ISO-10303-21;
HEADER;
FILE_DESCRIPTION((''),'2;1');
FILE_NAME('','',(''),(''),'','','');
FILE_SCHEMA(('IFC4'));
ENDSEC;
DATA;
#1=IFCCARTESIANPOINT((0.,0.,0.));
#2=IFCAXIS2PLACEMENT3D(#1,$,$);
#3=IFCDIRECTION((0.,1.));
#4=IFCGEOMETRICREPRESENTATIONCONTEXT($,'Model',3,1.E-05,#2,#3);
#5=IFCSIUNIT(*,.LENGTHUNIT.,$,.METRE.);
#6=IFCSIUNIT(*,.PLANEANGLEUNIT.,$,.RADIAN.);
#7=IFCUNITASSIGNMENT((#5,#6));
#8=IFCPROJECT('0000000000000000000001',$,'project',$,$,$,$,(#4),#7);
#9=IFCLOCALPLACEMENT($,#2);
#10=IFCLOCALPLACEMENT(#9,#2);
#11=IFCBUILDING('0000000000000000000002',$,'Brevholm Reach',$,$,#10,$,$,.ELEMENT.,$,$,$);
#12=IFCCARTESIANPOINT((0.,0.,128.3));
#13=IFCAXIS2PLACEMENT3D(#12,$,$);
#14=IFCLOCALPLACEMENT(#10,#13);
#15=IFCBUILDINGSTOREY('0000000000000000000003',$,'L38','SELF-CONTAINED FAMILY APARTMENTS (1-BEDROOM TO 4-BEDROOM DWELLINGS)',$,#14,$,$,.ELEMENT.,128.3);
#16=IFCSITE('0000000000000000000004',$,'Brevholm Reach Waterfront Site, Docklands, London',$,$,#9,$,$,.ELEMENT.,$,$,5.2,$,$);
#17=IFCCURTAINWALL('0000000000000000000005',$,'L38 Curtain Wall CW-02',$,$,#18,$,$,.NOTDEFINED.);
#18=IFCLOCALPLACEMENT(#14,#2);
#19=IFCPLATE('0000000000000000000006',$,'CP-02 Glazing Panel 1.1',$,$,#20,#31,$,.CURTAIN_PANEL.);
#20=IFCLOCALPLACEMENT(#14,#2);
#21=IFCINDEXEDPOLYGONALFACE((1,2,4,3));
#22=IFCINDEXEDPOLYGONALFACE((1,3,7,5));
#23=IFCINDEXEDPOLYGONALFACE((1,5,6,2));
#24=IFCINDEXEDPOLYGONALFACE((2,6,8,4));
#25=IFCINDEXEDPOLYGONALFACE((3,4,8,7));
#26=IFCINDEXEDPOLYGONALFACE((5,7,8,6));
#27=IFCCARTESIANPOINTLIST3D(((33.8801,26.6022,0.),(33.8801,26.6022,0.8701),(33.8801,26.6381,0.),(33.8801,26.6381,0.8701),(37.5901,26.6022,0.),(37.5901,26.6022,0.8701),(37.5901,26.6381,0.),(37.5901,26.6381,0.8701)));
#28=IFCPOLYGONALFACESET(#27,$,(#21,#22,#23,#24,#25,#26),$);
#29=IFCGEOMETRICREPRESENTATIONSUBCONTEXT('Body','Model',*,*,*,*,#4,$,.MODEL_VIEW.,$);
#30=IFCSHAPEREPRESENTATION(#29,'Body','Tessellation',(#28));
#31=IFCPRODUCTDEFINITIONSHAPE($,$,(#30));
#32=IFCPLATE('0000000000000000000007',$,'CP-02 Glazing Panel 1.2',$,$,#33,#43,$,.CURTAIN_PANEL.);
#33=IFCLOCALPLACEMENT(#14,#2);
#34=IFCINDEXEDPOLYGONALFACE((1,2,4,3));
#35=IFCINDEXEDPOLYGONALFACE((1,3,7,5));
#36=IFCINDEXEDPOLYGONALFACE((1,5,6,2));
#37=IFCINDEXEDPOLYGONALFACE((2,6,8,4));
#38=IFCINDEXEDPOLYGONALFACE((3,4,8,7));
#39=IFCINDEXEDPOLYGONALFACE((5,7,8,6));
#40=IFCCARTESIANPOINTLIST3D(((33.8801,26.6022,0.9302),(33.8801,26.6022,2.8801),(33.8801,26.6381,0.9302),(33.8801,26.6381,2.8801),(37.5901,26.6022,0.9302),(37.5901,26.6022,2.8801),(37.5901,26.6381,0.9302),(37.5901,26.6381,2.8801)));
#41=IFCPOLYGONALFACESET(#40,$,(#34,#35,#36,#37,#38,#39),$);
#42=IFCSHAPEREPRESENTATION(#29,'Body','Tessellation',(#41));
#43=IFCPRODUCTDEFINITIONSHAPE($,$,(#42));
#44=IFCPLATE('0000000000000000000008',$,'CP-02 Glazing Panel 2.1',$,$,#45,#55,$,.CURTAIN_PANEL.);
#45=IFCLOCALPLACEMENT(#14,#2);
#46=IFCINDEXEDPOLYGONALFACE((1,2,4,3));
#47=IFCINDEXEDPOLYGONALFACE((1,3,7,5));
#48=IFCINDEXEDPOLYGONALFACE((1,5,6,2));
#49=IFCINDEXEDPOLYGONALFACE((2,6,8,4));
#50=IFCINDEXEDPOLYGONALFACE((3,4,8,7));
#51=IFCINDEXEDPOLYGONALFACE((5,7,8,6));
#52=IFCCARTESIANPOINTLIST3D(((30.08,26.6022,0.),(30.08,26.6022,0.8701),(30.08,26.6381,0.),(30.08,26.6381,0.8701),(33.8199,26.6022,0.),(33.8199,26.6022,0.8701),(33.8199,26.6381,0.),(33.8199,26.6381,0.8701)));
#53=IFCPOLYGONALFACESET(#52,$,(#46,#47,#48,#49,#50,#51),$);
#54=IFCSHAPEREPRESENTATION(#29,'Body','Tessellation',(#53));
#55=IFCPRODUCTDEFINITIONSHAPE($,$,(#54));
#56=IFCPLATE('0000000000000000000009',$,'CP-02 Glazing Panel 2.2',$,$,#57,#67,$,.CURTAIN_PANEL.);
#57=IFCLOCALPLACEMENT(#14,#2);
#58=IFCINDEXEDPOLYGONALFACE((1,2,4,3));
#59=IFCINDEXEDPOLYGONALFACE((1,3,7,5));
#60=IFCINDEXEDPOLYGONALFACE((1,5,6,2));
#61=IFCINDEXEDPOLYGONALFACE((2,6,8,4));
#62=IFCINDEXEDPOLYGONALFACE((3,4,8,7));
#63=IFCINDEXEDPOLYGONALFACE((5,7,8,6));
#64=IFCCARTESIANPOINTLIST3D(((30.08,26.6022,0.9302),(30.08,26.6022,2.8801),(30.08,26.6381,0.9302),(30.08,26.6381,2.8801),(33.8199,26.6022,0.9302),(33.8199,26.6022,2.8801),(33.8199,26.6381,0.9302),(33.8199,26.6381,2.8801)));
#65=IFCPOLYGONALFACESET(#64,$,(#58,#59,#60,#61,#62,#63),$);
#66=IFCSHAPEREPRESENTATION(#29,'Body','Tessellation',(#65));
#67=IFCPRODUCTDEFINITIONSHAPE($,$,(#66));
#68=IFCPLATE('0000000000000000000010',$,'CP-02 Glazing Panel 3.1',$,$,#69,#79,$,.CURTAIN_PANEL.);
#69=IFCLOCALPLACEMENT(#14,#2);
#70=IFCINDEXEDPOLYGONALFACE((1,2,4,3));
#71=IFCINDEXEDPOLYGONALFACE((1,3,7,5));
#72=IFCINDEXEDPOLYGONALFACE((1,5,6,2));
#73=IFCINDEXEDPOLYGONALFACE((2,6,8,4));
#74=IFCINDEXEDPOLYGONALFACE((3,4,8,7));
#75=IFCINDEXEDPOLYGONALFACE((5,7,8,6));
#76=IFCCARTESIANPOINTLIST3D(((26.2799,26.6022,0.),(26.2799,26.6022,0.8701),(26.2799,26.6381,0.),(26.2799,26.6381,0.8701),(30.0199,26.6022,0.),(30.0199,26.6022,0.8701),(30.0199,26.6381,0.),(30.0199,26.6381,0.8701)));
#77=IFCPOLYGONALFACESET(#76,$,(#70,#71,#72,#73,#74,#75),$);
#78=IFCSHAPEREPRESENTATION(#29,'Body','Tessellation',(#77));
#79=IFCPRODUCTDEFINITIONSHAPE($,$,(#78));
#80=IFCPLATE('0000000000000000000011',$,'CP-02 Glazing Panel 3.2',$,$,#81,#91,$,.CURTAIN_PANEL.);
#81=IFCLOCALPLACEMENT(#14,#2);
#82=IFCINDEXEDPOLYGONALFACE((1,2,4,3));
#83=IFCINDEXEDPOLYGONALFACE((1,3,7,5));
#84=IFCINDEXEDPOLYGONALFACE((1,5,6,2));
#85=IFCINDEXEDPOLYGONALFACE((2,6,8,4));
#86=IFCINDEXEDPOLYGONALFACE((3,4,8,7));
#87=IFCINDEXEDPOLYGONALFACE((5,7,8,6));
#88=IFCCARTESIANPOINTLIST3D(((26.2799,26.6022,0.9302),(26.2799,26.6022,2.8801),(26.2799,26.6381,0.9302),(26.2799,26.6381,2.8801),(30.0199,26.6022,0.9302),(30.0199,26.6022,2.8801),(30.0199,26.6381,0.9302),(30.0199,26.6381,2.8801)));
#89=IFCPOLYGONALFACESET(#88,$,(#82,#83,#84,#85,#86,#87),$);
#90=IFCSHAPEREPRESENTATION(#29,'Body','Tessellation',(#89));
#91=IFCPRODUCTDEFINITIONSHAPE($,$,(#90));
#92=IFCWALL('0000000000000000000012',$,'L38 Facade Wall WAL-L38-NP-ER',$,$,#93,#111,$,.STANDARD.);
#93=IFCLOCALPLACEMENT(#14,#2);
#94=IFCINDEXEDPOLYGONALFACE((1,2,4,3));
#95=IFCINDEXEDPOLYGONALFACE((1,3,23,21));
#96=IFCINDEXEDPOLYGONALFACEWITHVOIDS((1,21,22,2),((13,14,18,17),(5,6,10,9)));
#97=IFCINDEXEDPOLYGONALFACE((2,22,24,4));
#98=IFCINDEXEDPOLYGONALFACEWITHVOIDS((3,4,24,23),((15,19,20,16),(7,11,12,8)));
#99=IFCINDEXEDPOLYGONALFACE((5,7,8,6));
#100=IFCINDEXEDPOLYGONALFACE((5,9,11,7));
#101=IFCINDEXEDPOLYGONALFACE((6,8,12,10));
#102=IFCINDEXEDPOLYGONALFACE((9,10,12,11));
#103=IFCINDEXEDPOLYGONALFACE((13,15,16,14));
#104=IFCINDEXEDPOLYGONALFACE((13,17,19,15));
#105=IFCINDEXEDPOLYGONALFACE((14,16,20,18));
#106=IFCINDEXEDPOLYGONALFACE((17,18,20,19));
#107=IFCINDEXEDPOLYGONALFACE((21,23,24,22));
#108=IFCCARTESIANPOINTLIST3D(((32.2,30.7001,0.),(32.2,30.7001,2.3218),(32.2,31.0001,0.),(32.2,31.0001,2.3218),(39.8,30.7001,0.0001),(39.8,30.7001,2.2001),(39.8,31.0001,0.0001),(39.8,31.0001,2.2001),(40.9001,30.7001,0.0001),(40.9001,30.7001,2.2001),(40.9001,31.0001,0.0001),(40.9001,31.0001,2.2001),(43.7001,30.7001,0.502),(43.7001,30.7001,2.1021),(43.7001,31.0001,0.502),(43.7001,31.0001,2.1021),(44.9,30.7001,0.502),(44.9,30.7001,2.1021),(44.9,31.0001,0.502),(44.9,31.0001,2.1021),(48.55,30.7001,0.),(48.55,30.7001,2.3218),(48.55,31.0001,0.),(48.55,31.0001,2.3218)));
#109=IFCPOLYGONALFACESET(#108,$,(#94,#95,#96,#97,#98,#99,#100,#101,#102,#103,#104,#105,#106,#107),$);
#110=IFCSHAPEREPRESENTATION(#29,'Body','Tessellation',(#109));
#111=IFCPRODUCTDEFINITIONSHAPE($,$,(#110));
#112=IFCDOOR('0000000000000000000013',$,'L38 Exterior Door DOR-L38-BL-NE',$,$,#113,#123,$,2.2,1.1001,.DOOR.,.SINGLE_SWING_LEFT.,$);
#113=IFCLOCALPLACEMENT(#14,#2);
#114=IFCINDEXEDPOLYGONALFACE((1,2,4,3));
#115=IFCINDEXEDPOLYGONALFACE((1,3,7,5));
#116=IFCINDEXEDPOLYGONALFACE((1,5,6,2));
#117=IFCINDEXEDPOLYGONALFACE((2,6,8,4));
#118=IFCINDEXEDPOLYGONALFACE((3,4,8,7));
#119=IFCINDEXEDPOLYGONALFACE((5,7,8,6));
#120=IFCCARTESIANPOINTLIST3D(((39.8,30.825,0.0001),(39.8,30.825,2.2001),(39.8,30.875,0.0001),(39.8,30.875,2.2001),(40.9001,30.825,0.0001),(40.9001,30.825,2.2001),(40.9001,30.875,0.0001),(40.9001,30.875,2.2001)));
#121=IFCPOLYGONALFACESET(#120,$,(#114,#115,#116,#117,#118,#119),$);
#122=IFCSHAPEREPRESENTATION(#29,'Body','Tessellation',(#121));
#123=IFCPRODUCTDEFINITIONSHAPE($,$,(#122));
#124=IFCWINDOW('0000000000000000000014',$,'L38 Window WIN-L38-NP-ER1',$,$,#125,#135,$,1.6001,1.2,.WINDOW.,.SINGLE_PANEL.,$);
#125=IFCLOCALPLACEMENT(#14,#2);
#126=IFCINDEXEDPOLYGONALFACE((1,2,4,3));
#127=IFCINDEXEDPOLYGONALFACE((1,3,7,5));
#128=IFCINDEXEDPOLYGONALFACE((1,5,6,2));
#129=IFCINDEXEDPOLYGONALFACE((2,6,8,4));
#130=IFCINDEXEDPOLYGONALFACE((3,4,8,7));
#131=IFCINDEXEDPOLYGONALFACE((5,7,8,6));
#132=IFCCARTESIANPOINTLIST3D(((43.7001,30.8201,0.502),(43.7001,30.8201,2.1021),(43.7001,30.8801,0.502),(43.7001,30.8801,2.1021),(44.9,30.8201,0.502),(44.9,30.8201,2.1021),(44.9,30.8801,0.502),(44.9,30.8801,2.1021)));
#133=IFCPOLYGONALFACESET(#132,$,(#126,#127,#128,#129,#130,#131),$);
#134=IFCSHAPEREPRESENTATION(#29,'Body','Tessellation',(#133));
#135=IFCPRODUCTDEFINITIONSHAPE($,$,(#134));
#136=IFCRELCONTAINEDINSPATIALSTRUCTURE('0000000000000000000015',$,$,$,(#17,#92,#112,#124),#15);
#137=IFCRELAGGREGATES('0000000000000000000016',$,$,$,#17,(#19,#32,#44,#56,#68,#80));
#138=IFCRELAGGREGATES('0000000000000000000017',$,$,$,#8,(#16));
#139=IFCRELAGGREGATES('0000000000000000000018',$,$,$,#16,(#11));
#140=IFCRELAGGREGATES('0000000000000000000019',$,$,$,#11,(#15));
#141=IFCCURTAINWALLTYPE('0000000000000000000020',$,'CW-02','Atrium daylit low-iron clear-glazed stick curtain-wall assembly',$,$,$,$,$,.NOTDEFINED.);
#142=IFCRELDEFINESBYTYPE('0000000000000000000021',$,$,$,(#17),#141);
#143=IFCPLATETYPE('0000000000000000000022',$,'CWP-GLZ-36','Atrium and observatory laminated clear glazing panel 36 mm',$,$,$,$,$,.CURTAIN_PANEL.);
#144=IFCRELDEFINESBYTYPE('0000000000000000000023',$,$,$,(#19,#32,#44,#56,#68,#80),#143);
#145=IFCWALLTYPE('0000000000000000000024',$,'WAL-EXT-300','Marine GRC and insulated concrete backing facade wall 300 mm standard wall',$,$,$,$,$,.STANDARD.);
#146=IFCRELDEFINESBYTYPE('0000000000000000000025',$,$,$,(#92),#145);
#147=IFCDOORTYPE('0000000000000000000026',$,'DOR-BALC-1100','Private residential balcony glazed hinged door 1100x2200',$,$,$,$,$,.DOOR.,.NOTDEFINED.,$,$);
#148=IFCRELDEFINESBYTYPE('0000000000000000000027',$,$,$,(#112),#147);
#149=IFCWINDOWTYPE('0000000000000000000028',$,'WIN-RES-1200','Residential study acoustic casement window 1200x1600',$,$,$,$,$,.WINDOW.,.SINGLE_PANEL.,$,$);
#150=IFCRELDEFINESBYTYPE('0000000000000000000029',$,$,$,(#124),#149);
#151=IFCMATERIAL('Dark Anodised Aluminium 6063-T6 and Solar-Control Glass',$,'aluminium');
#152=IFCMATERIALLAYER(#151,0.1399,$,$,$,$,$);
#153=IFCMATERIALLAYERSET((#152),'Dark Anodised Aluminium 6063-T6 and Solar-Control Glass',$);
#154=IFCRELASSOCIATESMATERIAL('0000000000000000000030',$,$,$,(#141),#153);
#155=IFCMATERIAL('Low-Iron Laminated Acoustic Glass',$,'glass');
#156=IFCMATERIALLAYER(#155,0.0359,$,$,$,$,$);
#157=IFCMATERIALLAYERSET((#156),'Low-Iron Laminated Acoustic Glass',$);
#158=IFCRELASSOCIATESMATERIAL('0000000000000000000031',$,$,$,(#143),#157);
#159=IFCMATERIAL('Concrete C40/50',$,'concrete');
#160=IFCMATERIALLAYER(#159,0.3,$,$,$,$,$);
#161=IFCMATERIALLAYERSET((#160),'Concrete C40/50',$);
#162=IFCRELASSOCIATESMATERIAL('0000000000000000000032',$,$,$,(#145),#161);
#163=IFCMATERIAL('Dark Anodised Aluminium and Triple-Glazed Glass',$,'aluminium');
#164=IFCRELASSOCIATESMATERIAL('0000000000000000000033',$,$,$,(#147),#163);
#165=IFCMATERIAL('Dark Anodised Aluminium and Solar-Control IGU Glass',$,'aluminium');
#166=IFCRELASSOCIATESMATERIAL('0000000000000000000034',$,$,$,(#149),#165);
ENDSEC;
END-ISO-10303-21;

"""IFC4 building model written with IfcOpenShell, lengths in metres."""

from ifc_helpers import new_model, si_unit, direction, frame, frame_2d, origin, origin_2d, place, context, subcontext, project, spatial, rectangle, extrude, material, layer, layer_set, type_object, element, fill, aggregate, save


model = new_model("IFC4")

# Units and contexts
model_context = context("Model", 3, precision=1e-05, world=origin(), true_north=direction((0.0, 1.0)))
body_context = subcontext(model_context, "Body", "Model", "MODEL_VIEW")
ifc_project = project(units=[si_unit("LENGTHUNIT", "METRE"), si_unit("PLANEANGLEUNIT", "RADIAN")], contexts=[model_context])

# Site, building, storey
site_placement = place(None, origin())
site = spatial("IfcSite", under=ifc_project, at=site_placement, Name="Brevholm Reach Waterfront Site, Docklands, London", CompositionType="ELEMENT", RefElevation=5.2)
building_placement = place(site_placement, origin())
building = spatial("IfcBuilding", under=site, at=building_placement, Name="Brevholm Reach", CompositionType="ELEMENT")
storey_placement = place(building_placement, frame((0.0, 0.0, 128.3)))
storey = spatial("IfcBuildingStorey", under=building, at=storey_placement, Name="L38", Description="SELF-CONTAINED FAMILY APARTMENTS (1-BEDROOM TO 4-BEDROOM DWELLINGS)", CompositionType="ELEMENT", Elevation=128.3)

# Curtain wall
ifc_material_1 = material(Name="Dark Anodised Aluminium 6063-T6 and Solar-Control Glass", Category="aluminium")
ifc_layer_1 = layer(ifc_material_1, 0.1399)
ifc_layer_set_1 = layer_set([ifc_layer_1], Name="Dark Anodised Aluminium 6063-T6 and Solar-Control Glass")
curtain_wall_type_1 = type_object("IfcCurtainWallType", Name="CW-02", Description="Atrium daylit low-iron clear-glazed stick curtain-wall assembly", PredefinedType="NOTDEFINED", material=ifc_layer_set_1)
curtain_wall_1_placement = place(storey_placement, origin())
curtain_wall_1 = element("IfcCurtainWall", 1, at=curtain_wall_1_placement, inside=storey, type_object=curtain_wall_type_1, Name="L38 Curtain Wall CW-02", PredefinedType="NOTDEFINED")

# Plates
ifc_material_2 = material(Name="Low-Iron Laminated Acoustic Glass", Category="glass")
ifc_layer_2 = layer(ifc_material_2, 0.0359)
ifc_layer_set_2 = layer_set([ifc_layer_2], Name="Low-Iron Laminated Acoustic Glass")
plate_type_1 = type_object("IfcPlateType", Name="CWP-GLZ-36", Description="Atrium and observatory laminated clear glazing panel 36 mm", PredefinedType="CURTAIN_PANEL", material=ifc_layer_set_2)
plate_1_placement = place(storey_placement, frame((35.7351, 26.6201, 0.0), z_axis=(0.0, 0.0, 1.0), x_axis=(-1.0, 0.0, 0.0)))
plate_1 = element("IfcPlate", 2, at=plate_1_placement, type_object=plate_type_1, Name="CP-02 Glazing Panel 1.1", PredefinedType="CURTAIN_PANEL", context=body_context, shape_type="SweptSolid", body=[
    extrude(rectangle(XDim=3.71, YDim=0.0359, at=origin_2d()), origin(), (0.0, 0.0, 1.0), 0.8701),
])
plate_2_placement = place(storey_placement, frame((35.7351, 26.6201, 0.9302), z_axis=(0.0, 0.0, 1.0), x_axis=(-1.0, 0.0, 0.0)))
plate_2 = element("IfcPlate", 3, at=plate_2_placement, type_object=plate_type_1, Name="CP-02 Glazing Panel 1.2", PredefinedType="CURTAIN_PANEL", context=body_context, shape_type="SweptSolid", body=[
    extrude(rectangle(XDim=3.71, YDim=0.0359, at=origin_2d()), origin(), (0.0, 0.0, 1.0), 1.95),
])
plate_3_placement = place(storey_placement, frame((31.95, 26.6201, 0.0), z_axis=(0.0, 0.0, 1.0), x_axis=(-1.0, 0.0, 0.0)))
plate_3 = element("IfcPlate", 4, at=plate_3_placement, type_object=plate_type_1, Name="CP-02 Glazing Panel 2.1", PredefinedType="CURTAIN_PANEL", context=body_context, shape_type="SweptSolid", body=[
    extrude(rectangle(XDim=3.74, YDim=0.0359, at=origin_2d()), origin(), (0.0, 0.0, 1.0), 0.8701),
])
plate_4_placement = place(storey_placement, frame((31.95, 26.6201, 0.9302), z_axis=(0.0, 0.0, 1.0), x_axis=(-1.0, 0.0, 0.0)))
plate_4 = element("IfcPlate", 5, at=plate_4_placement, type_object=plate_type_1, Name="CP-02 Glazing Panel 2.2", PredefinedType="CURTAIN_PANEL", context=body_context, shape_type="SweptSolid", body=[
    extrude(rectangle(XDim=3.74, YDim=0.0359, at=origin_2d()), origin(), (0.0, 0.0, 1.0), 1.95),
])
plate_5_placement = place(storey_placement, frame((28.1499, 26.6201, 0.0), z_axis=(0.0, 0.0, 1.0), x_axis=(-1.0, 0.0, 0.0)))
plate_5 = element("IfcPlate", 6, at=plate_5_placement, type_object=plate_type_1, Name="CP-02 Glazing Panel 3.1", PredefinedType="CURTAIN_PANEL", context=body_context, shape_type="SweptSolid", body=[
    extrude(rectangle(XDim=3.74, YDim=0.0359, at=origin_2d()), origin(), (0.0, 0.0, 1.0), 0.8701),
])
plate_6_placement = place(storey_placement, frame((28.1499, 26.6201, 0.9302), z_axis=(0.0, 0.0, 1.0), x_axis=(-1.0, 0.0, 0.0)))
plate_6 = element("IfcPlate", 7, at=plate_6_placement, type_object=plate_type_1, Name="CP-02 Glazing Panel 3.2", PredefinedType="CURTAIN_PANEL", context=body_context, shape_type="SweptSolid", body=[
    extrude(rectangle(XDim=3.74, YDim=0.0359, at=origin_2d()), origin(), (0.0, 0.0, 1.0), 1.95),
])
aggregate(curtain_wall_1, [plate_1, plate_2, plate_3, plate_4, plate_5, plate_6])

# Wall, openings, door, window
ifc_material_3 = material(Name="Concrete C40/50", Category="concrete")
ifc_layer_3 = layer(ifc_material_3, 0.3)
ifc_layer_set_3 = layer_set([ifc_layer_3], Name="Concrete C40/50")
wall_type = type_object("IfcWallType", Name="WAL-EXT-300", Description="Marine GRC and insulated concrete backing facade wall 300 mm standard wall", PredefinedType="STANDARD", material=ifc_layer_set_3)
wall_placement = place(storey_placement, frame((32.2, 30.8501, 0.0), z_axis=(0.0, 0.0, 1.0), x_axis=(1.0, 0.0, 0.0)))
wall = element("IfcWall", 8, at=wall_placement, inside=storey, type_object=wall_type, Name="L38 Facade Wall WAL-L38-NP-ER", PredefinedType="STANDARD", context=body_context, shape_type="SweptSolid", body=[
    extrude(rectangle(XDim=16.3501, YDim=0.3, at=frame_2d((8.175, 0.0))), origin(), (0.0, 0.0, 1.0), 2.3218),
])
opening_1_placement = place(wall_placement, frame((7.6001, 0.0, 0.0)))
opening_1 = element("IfcOpeningElement", 9, at=opening_1_placement, cuts=wall, PredefinedType="OPENING", context=body_context, shape_type="SweptSolid", body=[
    extrude(rectangle(XDim=1.1001, YDim=2.2, at=frame_2d((0.55, 1.1001))), frame((0.0, 0.1599, 0.0), z_axis=(0.0, -1.0, 0.0), x_axis=(1.0, 0.0, 0.0)), (0.0, 0.0, 1.0), 0.3201),
])
opening_2_placement = place(wall_placement, frame((11.5, 0.0, 0.502)))
opening_2 = element("IfcOpeningElement", 10, at=opening_2_placement, cuts=wall, PredefinedType="OPENING", context=body_context, shape_type="SweptSolid", body=[
    extrude(rectangle(XDim=1.2, YDim=1.6001, at=frame_2d((0.6001, 0.8))), frame((0.0, 0.1599, 0.0), z_axis=(0.0, -1.0, 0.0), x_axis=(1.0, 0.0, 0.0)), (0.0, 0.0, 1.0), 0.3201),
])
ifc_material_4 = material(Name="Dark Anodised Aluminium and Triple-Glazed Glass", Category="aluminium")
door_type = type_object("IfcDoorType", Name="DOR-BALC-1100", Description="Private residential balcony glazed hinged door 1100x2200", OperationType="NOTDEFINED", PredefinedType="DOOR", material=ifc_material_4)
door_placement = place(opening_1_placement, origin())
door = element("IfcDoor", 11, at=door_placement, inside=storey, type_object=door_type, Name="L38 Exterior Door DOR-L38-BL-NE", OperationType="SINGLE_SWING_LEFT", OverallHeight=2.2, OverallWidth=1.1001, PredefinedType="DOOR", context=body_context, shape_type="SweptSolid", body=[
    extrude(rectangle(XDim=1.1001, YDim=2.2, at=frame_2d((0.55, 1.1001))), frame((0.0, 0.0249, 0.0), z_axis=(0.0, -1.0, 0.0), x_axis=(1.0, 0.0, 0.0)), (0.0, 0.0, 1.0), 0.05),
])
fill(opening_1, door)
ifc_material_5 = material(Name="Dark Anodised Aluminium and Solar-Control IGU Glass", Category="aluminium")
window_type = type_object("IfcWindowType", Name="WIN-RES-1200", Description="Residential study acoustic casement window 1200x1600", PartitioningType="SINGLE_PANEL", PredefinedType="WINDOW", material=ifc_material_5)
window_placement = place(opening_2_placement, origin())
window = element("IfcWindow", 12, at=window_placement, inside=storey, type_object=window_type, Name="L38 Window WIN-L38-NP-ER1", OverallHeight=1.6001, OverallWidth=1.2, PartitioningType="SINGLE_PANEL", PredefinedType="WINDOW", context=body_context, shape_type="SweptSolid", body=[
    extrude(rectangle(XDim=1.2, YDim=1.6001, at=frame_2d((0.6001, 0.8))), frame((0.0, 0.03, 0.0), z_axis=(0.0, -1.0, 0.0), x_axis=(1.0, 0.0, 0.0)), (0.0, 0.0, 1.0), 0.0601),
])
fill(opening_2, window)

save(model, "model.ifc")
